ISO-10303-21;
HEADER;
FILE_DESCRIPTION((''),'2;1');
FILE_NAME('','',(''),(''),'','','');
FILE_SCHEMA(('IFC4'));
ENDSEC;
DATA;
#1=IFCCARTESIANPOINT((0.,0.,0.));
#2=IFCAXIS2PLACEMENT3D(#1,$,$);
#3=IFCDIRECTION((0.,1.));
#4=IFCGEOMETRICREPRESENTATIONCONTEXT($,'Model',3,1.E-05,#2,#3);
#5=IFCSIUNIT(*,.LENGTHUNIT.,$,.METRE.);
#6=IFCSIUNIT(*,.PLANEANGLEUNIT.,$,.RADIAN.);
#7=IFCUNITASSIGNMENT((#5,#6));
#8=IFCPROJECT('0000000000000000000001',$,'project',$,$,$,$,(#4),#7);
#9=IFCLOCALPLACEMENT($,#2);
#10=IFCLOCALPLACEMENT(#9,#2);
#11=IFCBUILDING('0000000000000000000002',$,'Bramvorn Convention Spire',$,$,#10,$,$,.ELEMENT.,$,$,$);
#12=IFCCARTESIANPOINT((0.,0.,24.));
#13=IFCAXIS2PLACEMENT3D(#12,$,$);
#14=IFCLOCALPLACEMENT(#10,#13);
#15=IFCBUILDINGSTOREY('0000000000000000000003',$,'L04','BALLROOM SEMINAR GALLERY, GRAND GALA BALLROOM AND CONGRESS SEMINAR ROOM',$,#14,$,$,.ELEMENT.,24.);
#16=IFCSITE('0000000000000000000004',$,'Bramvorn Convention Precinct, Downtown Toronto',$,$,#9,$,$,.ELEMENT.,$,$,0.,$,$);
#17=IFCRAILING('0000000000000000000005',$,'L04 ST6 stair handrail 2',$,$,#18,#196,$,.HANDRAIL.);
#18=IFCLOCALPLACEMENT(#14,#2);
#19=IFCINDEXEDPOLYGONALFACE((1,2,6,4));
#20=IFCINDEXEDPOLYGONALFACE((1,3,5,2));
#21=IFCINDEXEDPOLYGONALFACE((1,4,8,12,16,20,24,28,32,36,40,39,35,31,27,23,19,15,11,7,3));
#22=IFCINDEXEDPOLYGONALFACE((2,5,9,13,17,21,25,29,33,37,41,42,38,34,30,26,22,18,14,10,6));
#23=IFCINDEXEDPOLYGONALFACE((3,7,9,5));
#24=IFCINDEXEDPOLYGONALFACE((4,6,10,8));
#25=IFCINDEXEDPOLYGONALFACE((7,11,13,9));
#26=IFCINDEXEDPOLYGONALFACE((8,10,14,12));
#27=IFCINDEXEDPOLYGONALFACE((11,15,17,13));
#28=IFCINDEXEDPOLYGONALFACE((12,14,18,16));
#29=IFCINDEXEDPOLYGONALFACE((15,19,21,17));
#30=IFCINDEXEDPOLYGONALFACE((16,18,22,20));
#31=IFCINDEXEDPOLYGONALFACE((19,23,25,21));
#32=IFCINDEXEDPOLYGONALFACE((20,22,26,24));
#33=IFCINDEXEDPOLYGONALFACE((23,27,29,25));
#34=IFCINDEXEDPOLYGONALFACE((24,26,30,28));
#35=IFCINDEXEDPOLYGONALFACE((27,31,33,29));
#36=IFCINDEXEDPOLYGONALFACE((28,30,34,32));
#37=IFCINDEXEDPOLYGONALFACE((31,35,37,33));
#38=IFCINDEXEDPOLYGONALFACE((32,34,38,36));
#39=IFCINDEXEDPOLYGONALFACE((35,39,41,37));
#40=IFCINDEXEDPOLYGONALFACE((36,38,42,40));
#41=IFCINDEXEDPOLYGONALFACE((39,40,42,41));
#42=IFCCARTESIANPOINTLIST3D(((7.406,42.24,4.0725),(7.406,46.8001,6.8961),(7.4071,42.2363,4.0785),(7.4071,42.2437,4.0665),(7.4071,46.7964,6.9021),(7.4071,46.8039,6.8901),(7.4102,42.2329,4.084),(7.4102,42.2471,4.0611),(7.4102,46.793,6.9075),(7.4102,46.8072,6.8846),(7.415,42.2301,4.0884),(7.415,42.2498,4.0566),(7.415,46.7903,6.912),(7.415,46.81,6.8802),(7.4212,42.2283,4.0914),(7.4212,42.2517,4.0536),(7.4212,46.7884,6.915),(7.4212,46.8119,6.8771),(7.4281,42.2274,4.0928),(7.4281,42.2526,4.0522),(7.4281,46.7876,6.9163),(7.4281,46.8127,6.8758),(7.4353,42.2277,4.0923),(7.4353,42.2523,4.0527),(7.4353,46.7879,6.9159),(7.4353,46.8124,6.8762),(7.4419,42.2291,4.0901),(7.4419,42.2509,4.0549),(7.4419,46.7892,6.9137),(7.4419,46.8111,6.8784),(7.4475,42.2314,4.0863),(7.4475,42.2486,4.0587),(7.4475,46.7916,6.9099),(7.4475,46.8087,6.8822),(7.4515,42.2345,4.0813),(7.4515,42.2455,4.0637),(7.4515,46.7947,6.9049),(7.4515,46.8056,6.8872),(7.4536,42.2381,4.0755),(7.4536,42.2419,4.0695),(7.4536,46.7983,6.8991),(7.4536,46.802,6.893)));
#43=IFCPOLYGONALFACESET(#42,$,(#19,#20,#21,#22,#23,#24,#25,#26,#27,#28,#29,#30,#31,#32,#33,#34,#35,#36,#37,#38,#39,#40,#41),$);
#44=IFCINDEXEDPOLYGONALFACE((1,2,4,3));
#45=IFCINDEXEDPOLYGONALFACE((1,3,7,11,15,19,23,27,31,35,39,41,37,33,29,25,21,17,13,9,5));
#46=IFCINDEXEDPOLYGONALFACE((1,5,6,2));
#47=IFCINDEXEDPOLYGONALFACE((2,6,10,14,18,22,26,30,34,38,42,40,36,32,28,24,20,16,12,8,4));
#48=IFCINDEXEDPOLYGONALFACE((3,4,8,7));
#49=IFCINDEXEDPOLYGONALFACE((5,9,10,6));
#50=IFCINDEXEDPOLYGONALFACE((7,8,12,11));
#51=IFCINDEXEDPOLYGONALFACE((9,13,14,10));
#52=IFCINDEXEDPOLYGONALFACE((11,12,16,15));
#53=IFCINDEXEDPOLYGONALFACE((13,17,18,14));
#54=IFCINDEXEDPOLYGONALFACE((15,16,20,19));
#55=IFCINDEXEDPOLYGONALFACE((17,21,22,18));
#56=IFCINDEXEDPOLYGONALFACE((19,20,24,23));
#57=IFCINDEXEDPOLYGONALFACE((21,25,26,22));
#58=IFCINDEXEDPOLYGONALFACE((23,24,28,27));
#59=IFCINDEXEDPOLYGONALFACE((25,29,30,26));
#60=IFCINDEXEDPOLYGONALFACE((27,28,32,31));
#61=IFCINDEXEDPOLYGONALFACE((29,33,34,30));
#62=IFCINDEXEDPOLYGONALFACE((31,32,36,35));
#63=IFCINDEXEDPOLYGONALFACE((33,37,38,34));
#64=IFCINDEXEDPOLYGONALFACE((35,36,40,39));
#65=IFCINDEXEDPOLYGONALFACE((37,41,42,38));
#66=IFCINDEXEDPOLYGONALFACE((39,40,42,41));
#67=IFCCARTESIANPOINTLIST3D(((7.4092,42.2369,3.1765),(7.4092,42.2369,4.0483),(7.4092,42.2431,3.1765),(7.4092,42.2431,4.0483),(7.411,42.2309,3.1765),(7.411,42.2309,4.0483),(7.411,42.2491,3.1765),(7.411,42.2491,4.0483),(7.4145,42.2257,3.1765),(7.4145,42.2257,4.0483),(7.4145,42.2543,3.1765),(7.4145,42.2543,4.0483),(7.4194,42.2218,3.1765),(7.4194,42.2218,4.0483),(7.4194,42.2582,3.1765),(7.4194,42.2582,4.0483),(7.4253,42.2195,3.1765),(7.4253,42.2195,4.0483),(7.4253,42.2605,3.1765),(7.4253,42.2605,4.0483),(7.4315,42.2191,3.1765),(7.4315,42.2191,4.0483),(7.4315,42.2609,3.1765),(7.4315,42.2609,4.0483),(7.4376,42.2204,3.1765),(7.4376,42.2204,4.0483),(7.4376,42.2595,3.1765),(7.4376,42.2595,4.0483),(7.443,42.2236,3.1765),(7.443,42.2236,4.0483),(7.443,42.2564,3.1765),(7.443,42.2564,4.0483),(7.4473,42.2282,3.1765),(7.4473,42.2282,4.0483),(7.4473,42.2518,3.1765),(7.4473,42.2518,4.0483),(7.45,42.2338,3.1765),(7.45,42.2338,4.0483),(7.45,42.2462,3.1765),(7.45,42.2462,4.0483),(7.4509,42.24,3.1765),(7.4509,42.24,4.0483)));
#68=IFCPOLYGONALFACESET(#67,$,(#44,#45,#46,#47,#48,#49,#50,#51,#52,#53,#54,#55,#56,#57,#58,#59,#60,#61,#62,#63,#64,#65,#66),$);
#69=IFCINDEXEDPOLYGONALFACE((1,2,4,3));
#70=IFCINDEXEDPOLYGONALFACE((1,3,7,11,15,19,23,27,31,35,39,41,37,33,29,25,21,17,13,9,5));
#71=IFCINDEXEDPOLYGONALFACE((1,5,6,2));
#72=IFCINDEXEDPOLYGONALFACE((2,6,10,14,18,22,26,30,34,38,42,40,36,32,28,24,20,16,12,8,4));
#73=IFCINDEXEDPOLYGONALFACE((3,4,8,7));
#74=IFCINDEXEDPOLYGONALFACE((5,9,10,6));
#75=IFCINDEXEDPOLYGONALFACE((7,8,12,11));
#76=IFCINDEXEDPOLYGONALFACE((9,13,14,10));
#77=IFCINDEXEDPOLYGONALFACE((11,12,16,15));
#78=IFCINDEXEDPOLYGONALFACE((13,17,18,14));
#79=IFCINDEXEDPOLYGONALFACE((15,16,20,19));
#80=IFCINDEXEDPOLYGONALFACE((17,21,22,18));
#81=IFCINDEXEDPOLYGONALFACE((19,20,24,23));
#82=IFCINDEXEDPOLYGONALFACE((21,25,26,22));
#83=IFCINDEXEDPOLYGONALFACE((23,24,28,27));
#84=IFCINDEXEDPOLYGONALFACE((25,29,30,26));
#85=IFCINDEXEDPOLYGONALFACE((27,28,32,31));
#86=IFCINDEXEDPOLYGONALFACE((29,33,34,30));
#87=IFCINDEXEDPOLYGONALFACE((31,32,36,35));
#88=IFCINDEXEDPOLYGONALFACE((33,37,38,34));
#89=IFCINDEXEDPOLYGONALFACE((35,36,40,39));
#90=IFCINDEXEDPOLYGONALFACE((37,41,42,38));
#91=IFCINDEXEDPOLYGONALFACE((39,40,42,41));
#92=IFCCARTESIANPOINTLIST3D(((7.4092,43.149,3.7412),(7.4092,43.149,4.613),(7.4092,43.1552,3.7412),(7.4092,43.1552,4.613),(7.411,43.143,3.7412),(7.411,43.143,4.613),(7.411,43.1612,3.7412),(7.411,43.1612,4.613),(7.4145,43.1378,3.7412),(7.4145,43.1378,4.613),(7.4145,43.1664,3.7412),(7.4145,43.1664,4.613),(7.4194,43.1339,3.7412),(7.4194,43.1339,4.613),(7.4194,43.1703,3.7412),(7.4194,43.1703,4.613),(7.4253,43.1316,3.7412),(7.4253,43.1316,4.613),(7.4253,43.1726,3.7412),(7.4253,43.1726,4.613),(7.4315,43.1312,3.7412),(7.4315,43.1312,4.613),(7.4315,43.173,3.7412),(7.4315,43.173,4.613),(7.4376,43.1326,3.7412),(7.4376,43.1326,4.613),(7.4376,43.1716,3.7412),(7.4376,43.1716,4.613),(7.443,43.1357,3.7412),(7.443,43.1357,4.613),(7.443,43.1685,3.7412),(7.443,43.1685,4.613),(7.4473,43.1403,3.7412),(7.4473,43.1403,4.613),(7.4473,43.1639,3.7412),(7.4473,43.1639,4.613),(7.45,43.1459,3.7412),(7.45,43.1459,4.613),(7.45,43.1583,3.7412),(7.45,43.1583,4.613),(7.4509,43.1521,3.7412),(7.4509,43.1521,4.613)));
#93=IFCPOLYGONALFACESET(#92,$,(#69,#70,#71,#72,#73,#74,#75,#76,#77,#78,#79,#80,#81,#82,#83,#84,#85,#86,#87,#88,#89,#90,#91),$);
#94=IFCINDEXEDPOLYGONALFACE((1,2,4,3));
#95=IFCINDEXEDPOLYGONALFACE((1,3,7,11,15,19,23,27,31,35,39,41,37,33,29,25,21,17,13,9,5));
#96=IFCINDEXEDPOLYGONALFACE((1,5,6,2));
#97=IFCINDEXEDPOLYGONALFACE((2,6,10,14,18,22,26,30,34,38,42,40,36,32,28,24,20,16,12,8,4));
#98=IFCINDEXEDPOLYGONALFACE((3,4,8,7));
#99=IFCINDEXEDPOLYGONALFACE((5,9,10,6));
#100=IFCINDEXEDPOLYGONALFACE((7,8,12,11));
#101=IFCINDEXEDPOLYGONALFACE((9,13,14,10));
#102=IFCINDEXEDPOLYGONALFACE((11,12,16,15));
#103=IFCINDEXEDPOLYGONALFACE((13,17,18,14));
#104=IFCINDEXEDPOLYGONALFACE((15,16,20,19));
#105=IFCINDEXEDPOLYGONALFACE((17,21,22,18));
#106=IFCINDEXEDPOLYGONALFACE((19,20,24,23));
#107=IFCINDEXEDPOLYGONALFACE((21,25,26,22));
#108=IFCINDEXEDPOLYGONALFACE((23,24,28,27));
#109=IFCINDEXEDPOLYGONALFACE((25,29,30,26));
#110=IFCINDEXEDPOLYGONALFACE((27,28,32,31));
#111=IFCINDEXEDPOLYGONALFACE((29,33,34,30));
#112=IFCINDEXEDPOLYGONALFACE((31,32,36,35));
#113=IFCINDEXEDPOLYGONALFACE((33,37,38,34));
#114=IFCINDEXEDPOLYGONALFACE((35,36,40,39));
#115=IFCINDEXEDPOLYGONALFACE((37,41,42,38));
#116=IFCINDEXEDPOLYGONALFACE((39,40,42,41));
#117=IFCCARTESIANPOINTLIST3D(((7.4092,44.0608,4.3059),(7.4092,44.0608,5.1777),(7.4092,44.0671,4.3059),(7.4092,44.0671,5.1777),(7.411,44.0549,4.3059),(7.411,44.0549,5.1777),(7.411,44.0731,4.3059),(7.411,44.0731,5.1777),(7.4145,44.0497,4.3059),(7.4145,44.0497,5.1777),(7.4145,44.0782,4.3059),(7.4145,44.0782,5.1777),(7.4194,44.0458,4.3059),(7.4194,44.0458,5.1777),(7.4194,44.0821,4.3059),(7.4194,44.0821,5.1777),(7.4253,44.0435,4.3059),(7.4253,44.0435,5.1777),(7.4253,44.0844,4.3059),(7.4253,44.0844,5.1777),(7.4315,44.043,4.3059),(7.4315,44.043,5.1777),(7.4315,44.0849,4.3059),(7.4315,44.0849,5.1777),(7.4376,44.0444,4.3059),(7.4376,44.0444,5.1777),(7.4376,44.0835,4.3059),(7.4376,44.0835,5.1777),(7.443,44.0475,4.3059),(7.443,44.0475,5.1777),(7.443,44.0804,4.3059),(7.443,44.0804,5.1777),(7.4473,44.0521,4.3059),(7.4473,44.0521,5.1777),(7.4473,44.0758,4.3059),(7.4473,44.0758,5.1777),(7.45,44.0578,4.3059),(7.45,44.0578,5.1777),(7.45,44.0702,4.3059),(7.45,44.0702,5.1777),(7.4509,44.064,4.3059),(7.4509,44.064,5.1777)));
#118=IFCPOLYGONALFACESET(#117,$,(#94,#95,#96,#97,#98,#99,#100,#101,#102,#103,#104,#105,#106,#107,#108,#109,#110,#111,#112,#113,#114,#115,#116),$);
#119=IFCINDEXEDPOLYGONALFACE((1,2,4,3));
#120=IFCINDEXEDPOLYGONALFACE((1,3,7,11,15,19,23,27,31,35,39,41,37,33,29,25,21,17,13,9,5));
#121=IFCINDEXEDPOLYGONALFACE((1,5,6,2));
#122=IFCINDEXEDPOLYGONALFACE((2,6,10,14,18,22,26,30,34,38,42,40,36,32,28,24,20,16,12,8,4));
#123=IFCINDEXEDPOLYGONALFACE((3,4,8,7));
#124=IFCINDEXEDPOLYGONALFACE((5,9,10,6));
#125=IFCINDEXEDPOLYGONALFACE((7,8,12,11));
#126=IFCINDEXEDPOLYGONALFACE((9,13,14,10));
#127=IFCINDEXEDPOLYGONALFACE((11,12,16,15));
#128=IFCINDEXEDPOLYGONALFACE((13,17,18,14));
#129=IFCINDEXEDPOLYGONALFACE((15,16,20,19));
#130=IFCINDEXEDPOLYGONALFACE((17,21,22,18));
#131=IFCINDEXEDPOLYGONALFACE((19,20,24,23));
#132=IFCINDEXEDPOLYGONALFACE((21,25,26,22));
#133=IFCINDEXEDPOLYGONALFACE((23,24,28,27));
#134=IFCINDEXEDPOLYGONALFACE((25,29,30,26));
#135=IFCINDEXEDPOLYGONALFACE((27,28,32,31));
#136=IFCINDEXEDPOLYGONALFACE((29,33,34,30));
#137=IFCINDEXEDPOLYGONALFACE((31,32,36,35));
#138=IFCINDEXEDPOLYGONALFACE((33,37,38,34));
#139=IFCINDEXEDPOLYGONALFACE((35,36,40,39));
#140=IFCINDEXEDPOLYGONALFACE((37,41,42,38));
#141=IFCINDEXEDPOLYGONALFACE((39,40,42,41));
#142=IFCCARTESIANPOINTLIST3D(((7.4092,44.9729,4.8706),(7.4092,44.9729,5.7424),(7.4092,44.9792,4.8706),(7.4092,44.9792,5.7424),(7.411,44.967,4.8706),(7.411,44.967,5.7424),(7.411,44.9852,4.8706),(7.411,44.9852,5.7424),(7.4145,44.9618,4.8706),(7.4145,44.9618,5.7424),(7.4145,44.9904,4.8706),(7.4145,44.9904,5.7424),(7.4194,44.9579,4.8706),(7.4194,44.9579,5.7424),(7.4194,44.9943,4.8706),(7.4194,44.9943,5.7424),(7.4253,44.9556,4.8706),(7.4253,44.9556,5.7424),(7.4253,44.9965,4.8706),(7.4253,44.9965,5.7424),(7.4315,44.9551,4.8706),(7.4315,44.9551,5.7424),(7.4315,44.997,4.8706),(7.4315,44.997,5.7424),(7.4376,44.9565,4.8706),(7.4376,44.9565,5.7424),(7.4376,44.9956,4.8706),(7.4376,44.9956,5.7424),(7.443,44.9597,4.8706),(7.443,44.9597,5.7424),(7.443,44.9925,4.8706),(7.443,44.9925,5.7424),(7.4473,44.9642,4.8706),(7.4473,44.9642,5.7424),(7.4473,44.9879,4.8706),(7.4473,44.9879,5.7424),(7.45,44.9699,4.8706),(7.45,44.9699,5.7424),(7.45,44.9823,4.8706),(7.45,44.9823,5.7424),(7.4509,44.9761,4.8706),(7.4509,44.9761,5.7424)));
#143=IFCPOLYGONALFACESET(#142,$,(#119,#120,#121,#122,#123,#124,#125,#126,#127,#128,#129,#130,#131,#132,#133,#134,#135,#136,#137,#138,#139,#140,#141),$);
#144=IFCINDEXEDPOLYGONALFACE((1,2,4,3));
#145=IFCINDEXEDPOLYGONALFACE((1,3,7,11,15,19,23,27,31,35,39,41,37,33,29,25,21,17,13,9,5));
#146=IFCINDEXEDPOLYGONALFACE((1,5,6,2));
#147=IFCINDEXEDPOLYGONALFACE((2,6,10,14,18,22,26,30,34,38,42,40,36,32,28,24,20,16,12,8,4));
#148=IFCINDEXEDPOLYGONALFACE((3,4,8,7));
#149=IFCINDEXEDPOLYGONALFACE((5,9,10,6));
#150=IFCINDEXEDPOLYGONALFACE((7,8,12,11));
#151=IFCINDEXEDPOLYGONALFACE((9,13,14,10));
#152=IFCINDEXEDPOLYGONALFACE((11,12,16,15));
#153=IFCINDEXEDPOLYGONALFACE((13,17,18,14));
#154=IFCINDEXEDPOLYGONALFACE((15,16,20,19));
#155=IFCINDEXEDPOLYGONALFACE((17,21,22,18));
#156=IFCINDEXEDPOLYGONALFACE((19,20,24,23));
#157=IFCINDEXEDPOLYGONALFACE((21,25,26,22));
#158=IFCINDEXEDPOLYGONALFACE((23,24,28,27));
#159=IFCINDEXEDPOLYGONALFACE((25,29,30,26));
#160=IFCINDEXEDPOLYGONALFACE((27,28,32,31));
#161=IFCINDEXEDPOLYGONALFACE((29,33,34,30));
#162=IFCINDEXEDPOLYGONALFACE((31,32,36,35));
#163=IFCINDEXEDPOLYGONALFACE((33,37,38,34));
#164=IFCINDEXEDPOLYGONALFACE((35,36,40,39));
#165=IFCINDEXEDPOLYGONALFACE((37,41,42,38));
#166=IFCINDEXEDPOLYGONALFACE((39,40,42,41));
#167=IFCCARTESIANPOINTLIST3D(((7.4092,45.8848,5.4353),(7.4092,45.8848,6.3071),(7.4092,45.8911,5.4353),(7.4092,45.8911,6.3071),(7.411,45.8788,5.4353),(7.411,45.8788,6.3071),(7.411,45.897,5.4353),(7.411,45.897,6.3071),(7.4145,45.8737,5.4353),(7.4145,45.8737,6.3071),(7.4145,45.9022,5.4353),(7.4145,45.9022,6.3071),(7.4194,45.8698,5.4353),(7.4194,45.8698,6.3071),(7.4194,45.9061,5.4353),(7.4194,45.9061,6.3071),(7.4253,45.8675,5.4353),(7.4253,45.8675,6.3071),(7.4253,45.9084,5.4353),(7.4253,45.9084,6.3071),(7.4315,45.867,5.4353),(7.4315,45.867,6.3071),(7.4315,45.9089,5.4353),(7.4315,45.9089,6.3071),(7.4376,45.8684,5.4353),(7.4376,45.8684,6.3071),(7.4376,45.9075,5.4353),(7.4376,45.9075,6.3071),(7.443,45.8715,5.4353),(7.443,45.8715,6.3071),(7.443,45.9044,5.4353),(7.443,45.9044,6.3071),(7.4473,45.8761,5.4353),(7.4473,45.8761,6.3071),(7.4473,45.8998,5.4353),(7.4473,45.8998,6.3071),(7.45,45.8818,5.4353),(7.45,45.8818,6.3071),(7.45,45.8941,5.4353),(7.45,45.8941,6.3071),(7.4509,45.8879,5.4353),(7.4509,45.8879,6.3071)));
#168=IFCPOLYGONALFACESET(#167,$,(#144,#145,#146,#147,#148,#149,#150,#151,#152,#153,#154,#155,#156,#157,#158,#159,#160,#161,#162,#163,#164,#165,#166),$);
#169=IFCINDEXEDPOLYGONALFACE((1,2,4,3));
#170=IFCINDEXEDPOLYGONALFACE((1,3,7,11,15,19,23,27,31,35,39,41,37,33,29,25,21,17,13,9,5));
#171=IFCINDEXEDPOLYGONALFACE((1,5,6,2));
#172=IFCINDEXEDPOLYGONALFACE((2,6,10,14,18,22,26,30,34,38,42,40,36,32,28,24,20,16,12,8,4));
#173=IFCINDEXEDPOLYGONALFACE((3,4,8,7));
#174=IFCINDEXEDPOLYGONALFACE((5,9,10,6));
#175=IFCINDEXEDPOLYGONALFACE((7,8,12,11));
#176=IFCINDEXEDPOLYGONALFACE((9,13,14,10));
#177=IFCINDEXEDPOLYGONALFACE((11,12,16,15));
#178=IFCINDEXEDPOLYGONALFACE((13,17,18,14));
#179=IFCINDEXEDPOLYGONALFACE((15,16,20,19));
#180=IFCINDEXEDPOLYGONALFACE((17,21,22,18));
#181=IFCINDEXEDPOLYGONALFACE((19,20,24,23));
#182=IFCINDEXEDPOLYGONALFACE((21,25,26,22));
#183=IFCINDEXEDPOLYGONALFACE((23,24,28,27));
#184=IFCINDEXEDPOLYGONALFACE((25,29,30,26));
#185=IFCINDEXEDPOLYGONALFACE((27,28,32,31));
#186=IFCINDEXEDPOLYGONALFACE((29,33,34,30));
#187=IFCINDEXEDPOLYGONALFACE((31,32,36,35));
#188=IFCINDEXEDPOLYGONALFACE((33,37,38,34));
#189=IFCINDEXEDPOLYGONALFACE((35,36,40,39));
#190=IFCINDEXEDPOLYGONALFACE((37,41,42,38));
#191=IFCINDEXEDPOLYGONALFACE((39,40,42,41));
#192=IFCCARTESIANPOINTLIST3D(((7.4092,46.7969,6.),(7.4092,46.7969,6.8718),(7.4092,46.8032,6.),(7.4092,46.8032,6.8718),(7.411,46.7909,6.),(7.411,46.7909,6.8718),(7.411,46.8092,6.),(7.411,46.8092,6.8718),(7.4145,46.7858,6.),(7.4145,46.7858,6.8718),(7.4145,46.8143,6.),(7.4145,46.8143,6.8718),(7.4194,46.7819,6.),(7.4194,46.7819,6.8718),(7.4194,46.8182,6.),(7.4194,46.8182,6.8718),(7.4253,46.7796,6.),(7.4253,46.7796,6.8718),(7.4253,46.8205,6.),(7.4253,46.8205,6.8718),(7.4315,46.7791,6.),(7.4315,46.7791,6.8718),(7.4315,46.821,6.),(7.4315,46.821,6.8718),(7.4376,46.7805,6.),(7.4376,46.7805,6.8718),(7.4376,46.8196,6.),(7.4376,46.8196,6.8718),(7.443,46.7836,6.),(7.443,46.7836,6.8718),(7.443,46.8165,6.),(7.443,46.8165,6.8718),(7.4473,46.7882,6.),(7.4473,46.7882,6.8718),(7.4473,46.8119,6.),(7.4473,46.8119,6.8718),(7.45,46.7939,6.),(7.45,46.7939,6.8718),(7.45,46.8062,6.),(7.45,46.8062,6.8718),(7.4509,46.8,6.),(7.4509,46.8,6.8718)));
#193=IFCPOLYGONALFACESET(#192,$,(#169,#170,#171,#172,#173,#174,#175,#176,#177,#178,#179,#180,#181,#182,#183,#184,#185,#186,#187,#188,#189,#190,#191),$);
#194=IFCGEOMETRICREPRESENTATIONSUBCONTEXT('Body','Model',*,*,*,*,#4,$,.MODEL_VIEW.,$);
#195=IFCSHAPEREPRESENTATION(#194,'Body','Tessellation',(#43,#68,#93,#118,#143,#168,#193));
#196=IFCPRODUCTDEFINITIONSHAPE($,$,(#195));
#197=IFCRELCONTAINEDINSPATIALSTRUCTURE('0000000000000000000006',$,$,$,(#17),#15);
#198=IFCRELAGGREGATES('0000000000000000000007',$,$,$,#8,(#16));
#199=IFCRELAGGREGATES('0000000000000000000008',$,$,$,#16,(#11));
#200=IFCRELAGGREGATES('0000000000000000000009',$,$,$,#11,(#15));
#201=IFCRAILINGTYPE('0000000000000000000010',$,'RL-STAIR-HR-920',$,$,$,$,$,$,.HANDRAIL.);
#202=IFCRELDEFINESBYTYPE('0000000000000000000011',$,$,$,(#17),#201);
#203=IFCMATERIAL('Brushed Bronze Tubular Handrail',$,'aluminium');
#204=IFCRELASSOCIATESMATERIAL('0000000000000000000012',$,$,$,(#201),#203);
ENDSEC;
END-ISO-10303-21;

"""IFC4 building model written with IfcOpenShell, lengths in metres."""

from ifc_helpers import new_model, si_unit, direction, frame, origin, origin_2d, place, context, subcontext, project, spatial, circle, extrude, material, type_object, element, save


model = new_model("IFC4")

# Units and contexts
model_context = context("Model", 3, precision=1e-05, world=origin(), true_north=direction((0.0, 1.0)))
body_context = subcontext(model_context, "Body", "Model", "MODEL_VIEW")
ifc_project = project(units=[si_unit("LENGTHUNIT", "METRE"), si_unit("PLANEANGLEUNIT", "RADIAN")], contexts=[model_context])

# Site, building, storey
site_placement = place(None, origin())
site = spatial("IfcSite", under=ifc_project, at=site_placement, Name="Bramvorn Convention Precinct, Downtown Toronto", CompositionType="ELEMENT", RefElevation=0.0)
building_placement = place(site_placement, origin())
building = spatial("IfcBuilding", under=site, at=building_placement, Name="Bramvorn Convention Spire", CompositionType="ELEMENT")
storey_placement = place(building_placement, frame((0.0, 0.0, 24.0)))
storey = spatial("IfcBuildingStorey", under=building, at=storey_placement, Name="L04", Description="BALLROOM SEMINAR GALLERY, GRAND GALA BALLROOM AND CONGRESS SEMINAR ROOM", CompositionType="ELEMENT", Elevation=24.0)

# Railing
ifc_material_1 = material(Name="Brushed Bronze Tubular Handrail", Category="aluminium")
railing_type_1 = type_object("IfcRailingType", Name="RL-STAIR-HR-920", PredefinedType="HANDRAIL", material=ifc_material_1)
railing_1_placement = place(storey_placement, frame((7.4299, 42.24, 3.1765)))
element("IfcRailing", 1, at=railing_1_placement, inside=storey, type_object=railing_type_1, Name="L04 ST6 stair handrail 2", PredefinedType="HANDRAIL", context=body_context, shape_type="SweptSolid", body=[
    extrude(circle(Radius=0.0239, at=origin_2d()), frame((0.0, 0.0, 0.896), z_axis=(0.0, 0.850216, 0.526435), x_axis=(-1.0, 0.0, 0.0)), (0.0, 0.0, 1.0), 5.3635),
    extrude(circle(Radius=0.021, at=origin_2d()), origin(), (0.0, 0.0, 1.0), 0.8718),
    extrude(circle(Radius=0.021, at=origin_2d()), frame((0.0, 0.9121, 0.5647)), (0.0, 0.0, 1.0), 0.8718),
    extrude(circle(Radius=0.021, at=origin_2d()), frame((0.0, 1.824, 1.1294)), (0.0, 0.0, 1.0), 0.8718),
    extrude(circle(Radius=0.021, at=origin_2d()), frame((0.0, 2.7361, 1.6941)), (0.0, 0.0, 1.0), 0.8718),
    extrude(circle(Radius=0.021, at=origin_2d()), frame((0.0, 3.6479, 2.2588)), (0.0, 0.0, 1.0), 0.8718),
    extrude(circle(Radius=0.021, at=origin_2d()), frame((0.0, 4.5601, 2.8235)), (0.0, 0.0, 1.0), 0.8718),
])

save(model, "model.ifc")
